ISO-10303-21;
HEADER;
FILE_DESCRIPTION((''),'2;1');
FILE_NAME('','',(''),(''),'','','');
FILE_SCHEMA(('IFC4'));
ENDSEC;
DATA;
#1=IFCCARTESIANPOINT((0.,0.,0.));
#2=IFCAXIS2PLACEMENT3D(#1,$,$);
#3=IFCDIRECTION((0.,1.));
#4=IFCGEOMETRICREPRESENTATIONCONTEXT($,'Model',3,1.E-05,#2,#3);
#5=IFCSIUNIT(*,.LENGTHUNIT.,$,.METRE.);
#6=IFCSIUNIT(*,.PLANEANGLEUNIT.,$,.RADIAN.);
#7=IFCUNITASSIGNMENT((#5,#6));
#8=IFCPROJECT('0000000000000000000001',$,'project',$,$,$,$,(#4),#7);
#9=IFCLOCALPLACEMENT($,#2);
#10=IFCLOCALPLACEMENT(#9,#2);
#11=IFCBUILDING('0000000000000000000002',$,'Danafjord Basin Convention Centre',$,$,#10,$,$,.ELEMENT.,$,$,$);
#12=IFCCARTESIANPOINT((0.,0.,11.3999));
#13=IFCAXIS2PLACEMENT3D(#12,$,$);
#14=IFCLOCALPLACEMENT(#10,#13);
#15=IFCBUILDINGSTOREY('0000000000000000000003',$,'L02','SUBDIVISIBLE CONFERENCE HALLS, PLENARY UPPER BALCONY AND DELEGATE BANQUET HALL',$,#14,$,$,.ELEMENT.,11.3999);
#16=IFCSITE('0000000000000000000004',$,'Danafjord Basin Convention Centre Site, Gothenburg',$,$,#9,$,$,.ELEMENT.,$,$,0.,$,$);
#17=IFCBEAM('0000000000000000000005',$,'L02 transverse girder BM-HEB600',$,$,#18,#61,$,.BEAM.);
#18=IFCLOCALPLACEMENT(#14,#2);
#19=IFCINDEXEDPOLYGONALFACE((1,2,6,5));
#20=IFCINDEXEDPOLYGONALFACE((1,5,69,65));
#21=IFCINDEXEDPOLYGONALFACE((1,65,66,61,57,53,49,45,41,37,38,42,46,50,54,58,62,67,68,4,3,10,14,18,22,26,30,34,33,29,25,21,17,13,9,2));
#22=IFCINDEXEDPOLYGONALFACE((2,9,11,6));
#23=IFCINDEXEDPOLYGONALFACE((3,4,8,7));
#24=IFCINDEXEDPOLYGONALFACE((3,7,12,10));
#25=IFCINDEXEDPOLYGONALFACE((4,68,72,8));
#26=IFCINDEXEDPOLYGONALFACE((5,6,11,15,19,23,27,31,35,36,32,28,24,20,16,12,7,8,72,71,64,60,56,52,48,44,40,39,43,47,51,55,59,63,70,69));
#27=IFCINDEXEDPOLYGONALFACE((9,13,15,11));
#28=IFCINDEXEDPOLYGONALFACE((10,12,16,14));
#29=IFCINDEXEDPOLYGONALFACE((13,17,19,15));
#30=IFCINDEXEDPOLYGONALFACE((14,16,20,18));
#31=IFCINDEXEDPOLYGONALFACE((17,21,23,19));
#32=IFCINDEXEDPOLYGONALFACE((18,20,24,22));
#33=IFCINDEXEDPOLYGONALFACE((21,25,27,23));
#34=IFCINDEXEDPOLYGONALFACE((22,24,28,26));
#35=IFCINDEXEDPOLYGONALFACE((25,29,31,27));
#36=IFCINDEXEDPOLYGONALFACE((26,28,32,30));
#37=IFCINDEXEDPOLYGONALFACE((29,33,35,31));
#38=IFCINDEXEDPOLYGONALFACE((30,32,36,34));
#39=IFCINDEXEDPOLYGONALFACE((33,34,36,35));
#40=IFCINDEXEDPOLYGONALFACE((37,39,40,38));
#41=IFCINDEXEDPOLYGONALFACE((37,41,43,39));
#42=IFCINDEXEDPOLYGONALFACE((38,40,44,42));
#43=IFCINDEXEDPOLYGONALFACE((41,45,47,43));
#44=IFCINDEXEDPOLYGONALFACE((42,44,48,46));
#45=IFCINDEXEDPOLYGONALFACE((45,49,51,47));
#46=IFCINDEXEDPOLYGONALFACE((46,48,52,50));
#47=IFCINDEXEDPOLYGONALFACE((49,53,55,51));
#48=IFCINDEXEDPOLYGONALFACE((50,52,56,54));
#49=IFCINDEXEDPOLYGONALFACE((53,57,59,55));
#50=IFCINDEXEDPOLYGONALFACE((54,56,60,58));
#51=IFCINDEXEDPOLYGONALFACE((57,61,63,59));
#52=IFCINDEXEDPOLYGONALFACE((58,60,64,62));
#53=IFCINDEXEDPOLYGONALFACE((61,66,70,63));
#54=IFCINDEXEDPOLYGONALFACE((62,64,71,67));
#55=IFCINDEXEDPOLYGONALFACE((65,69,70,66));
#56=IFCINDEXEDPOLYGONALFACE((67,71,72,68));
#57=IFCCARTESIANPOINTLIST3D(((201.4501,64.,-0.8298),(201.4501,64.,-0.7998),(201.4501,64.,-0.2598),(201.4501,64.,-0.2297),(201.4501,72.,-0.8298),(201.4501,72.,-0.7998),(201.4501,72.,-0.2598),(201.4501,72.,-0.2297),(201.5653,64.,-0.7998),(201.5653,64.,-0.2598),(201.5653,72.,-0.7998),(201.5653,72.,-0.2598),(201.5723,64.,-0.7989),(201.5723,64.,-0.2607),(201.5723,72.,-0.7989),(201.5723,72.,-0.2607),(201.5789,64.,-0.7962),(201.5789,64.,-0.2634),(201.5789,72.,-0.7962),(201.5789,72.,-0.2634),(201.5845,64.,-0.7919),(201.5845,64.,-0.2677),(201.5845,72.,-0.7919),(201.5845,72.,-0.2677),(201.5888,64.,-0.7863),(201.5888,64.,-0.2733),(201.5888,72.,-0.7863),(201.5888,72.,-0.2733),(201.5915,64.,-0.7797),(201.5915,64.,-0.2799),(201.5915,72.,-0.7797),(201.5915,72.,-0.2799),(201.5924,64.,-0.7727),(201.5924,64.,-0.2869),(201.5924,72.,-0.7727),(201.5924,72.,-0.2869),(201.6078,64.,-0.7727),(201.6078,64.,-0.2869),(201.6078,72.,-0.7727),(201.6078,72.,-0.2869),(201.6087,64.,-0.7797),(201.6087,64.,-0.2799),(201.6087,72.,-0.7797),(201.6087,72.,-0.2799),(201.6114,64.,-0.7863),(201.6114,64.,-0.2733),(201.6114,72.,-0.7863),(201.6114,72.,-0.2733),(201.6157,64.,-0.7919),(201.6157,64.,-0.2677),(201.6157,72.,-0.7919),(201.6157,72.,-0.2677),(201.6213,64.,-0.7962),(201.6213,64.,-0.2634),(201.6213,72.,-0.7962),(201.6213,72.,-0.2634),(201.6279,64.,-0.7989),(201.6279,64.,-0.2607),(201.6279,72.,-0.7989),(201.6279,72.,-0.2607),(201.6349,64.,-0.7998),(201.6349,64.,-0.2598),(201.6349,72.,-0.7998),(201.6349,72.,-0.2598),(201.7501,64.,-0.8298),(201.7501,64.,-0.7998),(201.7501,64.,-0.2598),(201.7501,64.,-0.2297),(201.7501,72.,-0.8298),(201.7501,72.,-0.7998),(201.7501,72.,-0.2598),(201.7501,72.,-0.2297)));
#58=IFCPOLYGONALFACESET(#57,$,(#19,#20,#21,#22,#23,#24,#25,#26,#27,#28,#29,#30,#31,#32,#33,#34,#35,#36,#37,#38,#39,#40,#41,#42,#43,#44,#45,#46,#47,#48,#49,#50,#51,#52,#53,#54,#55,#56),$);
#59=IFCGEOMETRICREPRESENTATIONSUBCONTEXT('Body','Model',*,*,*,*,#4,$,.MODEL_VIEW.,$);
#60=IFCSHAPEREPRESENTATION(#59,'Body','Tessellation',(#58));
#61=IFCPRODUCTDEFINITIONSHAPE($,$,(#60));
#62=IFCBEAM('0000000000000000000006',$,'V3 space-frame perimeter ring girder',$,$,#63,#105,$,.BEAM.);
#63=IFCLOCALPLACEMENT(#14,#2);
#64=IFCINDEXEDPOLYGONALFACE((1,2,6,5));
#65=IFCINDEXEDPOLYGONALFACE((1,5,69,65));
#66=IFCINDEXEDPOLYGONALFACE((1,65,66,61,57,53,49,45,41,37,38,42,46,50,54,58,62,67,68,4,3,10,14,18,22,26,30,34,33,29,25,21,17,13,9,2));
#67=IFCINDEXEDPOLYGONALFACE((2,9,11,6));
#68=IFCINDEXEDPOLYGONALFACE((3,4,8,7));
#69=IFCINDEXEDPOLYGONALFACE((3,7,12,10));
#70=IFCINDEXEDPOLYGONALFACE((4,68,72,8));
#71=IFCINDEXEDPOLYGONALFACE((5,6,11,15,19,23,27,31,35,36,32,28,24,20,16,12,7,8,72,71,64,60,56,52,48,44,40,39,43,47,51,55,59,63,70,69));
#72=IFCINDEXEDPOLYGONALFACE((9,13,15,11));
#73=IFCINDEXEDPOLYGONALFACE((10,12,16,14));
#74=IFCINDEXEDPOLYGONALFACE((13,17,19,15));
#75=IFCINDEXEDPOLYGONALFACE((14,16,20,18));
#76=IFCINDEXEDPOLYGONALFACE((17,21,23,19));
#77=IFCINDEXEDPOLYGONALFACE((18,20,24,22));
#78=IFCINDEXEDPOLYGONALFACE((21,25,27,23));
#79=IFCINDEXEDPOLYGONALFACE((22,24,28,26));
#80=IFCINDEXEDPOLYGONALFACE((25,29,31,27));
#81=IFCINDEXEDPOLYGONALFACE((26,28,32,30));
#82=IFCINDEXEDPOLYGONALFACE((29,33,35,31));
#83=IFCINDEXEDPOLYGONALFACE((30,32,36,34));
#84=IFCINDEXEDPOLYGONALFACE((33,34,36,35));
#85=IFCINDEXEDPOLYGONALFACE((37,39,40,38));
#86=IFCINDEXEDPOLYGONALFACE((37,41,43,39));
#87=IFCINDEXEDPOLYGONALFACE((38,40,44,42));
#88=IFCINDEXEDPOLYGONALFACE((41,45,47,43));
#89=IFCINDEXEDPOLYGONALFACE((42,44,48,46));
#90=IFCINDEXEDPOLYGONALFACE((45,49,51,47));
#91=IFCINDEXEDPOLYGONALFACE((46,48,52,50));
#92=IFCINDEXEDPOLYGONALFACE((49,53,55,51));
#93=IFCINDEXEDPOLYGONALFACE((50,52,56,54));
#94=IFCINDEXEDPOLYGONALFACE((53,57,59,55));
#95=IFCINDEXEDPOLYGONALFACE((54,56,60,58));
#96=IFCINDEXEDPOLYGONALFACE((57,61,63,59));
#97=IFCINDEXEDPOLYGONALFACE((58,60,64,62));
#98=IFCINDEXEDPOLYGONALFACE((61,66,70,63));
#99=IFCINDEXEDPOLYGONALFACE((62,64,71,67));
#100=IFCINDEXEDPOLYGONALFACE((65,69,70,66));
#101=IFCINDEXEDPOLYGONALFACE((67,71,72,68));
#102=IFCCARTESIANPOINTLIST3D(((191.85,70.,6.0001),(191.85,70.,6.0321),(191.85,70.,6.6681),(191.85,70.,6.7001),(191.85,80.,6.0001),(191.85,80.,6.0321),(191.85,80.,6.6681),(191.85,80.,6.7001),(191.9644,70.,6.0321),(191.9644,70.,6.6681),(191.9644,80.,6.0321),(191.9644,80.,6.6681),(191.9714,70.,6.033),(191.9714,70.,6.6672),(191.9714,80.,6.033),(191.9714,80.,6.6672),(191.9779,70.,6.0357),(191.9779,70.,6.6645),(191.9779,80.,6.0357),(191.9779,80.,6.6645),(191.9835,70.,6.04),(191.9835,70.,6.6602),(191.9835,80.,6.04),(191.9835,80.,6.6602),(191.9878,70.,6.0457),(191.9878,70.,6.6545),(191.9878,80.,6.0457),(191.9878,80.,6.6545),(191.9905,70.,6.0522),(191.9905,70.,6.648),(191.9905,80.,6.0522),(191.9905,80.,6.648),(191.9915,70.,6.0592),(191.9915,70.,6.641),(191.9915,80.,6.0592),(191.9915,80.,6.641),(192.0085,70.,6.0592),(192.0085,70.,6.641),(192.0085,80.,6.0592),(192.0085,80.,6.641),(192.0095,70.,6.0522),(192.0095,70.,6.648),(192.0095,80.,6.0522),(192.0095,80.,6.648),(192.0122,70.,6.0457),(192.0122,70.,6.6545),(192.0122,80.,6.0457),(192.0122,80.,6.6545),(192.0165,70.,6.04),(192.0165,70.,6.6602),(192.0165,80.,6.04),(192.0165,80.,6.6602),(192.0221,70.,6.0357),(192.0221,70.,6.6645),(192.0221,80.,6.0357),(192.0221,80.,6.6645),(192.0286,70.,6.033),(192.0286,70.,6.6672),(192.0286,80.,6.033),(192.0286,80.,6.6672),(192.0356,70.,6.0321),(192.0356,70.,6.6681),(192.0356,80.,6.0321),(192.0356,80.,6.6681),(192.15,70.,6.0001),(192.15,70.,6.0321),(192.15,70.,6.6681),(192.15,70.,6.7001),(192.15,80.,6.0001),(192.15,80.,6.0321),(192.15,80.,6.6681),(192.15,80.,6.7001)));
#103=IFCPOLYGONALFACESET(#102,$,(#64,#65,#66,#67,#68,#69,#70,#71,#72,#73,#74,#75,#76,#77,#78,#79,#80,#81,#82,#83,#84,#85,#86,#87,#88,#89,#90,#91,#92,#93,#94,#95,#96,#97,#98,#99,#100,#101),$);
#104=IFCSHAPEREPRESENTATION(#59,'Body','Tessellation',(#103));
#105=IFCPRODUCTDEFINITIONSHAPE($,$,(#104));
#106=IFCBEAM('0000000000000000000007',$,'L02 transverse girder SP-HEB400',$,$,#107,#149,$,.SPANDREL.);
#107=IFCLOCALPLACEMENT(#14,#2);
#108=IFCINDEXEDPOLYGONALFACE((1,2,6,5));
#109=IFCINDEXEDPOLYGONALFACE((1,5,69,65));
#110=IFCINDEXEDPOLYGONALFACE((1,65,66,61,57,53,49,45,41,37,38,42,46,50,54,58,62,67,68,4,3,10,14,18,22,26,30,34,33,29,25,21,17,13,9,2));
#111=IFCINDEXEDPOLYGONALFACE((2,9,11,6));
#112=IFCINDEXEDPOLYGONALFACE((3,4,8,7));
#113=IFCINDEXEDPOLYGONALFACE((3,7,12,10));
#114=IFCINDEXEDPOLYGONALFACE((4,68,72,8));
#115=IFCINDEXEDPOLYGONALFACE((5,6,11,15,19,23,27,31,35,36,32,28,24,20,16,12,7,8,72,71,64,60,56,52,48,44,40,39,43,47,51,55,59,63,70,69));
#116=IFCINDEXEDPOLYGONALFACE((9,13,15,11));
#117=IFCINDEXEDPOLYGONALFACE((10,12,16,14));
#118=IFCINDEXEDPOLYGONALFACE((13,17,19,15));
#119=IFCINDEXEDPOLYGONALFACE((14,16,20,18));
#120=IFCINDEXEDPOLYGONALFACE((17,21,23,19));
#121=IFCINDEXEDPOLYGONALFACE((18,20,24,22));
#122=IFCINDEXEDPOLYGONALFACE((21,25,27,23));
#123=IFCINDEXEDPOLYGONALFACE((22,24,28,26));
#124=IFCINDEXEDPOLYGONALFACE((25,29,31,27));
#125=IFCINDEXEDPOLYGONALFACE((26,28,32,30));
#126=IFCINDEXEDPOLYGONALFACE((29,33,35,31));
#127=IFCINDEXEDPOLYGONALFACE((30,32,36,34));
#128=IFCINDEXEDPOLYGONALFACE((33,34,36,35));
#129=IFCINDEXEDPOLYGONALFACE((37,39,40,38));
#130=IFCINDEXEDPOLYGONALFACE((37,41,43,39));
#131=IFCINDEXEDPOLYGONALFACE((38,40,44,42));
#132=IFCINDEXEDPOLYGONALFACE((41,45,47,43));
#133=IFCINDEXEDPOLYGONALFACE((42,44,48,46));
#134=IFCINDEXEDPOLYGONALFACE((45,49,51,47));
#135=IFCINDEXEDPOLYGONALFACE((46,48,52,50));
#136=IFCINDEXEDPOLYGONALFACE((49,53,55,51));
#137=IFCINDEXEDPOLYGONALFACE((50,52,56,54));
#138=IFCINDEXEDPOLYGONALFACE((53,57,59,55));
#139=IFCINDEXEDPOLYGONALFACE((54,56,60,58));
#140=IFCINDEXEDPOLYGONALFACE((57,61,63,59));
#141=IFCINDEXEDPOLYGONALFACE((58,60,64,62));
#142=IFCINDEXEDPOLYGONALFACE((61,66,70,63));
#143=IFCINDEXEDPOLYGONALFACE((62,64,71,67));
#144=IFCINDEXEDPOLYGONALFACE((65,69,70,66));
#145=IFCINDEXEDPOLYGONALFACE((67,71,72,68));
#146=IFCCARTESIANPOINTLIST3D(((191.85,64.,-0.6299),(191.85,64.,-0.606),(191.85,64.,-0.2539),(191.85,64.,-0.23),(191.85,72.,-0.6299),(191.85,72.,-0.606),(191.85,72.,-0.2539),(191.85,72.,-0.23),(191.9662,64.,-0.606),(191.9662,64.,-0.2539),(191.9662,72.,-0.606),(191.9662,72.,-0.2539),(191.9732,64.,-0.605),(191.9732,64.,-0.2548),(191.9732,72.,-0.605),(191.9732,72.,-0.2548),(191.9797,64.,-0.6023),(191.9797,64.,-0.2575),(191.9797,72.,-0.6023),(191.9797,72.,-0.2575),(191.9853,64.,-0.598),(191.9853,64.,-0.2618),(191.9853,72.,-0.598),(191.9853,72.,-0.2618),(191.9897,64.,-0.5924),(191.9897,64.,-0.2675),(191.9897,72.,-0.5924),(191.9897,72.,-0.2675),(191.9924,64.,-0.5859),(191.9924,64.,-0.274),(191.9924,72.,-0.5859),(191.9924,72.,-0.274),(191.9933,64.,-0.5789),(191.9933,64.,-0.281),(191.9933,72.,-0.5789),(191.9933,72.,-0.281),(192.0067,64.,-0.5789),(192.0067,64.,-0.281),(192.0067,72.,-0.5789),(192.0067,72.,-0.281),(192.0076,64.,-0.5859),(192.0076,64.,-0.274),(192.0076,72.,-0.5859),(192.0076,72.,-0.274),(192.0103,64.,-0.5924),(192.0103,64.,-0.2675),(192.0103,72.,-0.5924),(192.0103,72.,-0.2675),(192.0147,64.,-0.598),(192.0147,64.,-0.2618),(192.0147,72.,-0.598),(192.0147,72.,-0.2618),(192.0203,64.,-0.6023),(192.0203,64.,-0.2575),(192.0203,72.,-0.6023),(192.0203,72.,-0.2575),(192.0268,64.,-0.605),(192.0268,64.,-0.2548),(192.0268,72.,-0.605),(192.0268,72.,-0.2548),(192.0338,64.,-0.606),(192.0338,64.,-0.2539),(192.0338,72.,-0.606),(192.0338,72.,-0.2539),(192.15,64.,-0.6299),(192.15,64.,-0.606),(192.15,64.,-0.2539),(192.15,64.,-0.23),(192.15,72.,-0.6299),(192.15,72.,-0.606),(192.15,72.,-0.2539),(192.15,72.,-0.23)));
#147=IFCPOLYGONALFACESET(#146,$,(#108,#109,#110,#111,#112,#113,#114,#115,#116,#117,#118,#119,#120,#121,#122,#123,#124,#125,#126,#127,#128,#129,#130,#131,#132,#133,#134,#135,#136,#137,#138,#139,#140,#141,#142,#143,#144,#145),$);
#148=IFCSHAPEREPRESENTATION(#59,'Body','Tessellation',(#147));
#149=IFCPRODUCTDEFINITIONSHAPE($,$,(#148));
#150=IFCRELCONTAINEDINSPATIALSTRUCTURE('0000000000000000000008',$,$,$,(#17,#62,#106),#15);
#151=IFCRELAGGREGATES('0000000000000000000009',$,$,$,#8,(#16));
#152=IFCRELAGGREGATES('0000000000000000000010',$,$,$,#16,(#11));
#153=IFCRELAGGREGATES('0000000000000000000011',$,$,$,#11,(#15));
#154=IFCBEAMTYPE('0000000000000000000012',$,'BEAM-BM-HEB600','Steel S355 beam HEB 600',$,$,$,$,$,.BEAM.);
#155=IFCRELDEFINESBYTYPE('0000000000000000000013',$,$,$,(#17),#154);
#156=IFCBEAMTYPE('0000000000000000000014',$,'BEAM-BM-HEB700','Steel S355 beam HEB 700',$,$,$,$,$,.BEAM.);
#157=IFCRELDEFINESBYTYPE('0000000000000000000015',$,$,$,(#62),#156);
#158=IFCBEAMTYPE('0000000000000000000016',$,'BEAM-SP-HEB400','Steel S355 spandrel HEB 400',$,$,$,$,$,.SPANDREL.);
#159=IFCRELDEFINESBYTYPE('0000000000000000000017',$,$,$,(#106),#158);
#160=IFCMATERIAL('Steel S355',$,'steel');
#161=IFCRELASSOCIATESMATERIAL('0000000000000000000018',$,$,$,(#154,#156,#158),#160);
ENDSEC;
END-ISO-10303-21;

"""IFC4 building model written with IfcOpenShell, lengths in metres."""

from ifc_helpers import new_model, si_unit, direction, frame, origin, origin_2d, place, context, subcontext, project, spatial, i_section, extrude, material, material_profile, profile_set, type_object, element, save


model = new_model("IFC4")

# Units and contexts
model_context = context("Model", 3, precision=1e-05, world=origin(), true_north=direction((0.0, 1.0)))
body_context = subcontext(model_context, "Body", "Model", "MODEL_VIEW")
ifc_project = project(units=[si_unit("LENGTHUNIT", "METRE"), si_unit("PLANEANGLEUNIT", "RADIAN")], contexts=[model_context])

# Site, building, storey
site_placement = place(None, origin())
site = spatial("IfcSite", under=ifc_project, at=site_placement, Name="Danafjord Basin Convention Centre Site, Gothenburg", CompositionType="ELEMENT", RefElevation=0.0)
building_placement = place(site_placement, origin())
building = spatial("IfcBuilding", under=site, at=building_placement, Name="Danafjord Basin Convention Centre", CompositionType="ELEMENT")
storey_placement = place(building_placement, frame((0.0, 0.0, 11.3999)))
storey = spatial("IfcBuildingStorey", under=building, at=storey_placement, Name="L02", Description="SUBDIVISIBLE CONFERENCE HALLS, PLENARY UPPER BALCONY AND DELEGATE BANQUET HALL", CompositionType="ELEMENT", Elevation=11.3999)

# Shared definitions
ifc_material = material(Name="Steel S355", Category="steel")

# Beams
ifc_material_profile_1 = material_profile(ifc_material, i_section(OverallWidth=0.3, OverallDepth=0.6001, WebThickness=0.0154, FlangeThickness=0.03, FilletRadius=0.0271, at=origin_2d()), Name="HEB 600")
ifc_profile_set_1 = profile_set([ifc_material_profile_1], Name="Steel S355")
beam_type_1 = type_object("IfcBeamType", Name="BEAM-BM-HEB600", Description="Steel S355 beam HEB 600", PredefinedType="BEAM", material=ifc_profile_set_1)
beam_1_placement = place(storey_placement, frame((201.6001, 64.0, -0.5298), z_axis=(0.0, 1.0, 0.0), x_axis=(-1.0, 0.0, 0.0)))
element("IfcBeam", 1, at=beam_1_placement, inside=storey, type_object=beam_type_1, Name="L02 transverse girder BM-HEB600", PredefinedType="BEAM", context=body_context, shape_type="SweptSolid", body=[
    extrude(i_section(OverallWidth=0.3, OverallDepth=0.6001, WebThickness=0.0154, FlangeThickness=0.03, FilletRadius=0.0271, at=origin_2d()), origin(), (0.0, 0.0, 1.0), 8.0),
])
ifc_material_profile_2 = material_profile(ifc_material, i_section(OverallWidth=0.3, OverallDepth=0.7, WebThickness=0.0171, FlangeThickness=0.032, FilletRadius=0.0271, at=origin_2d()), Name="HEB 700")
ifc_profile_set_2 = profile_set([ifc_material_profile_2], Name="Steel S355")
beam_type_2 = type_object("IfcBeamType", Name="BEAM-BM-HEB700", Description="Steel S355 beam HEB 700", PredefinedType="BEAM", material=ifc_profile_set_2)
beam_2_placement = place(storey_placement, frame((192.0, 70.0, 6.3501), z_axis=(0.0, 1.0, 0.0), x_axis=(-1.0, 0.0, 0.0)))
element("IfcBeam", 2, at=beam_2_placement, inside=storey, type_object=beam_type_2, Name="V3 space-frame perimeter ring girder", PredefinedType="BEAM", context=body_context, shape_type="SweptSolid", body=[
    extrude(i_section(OverallWidth=0.3, OverallDepth=0.7, WebThickness=0.0171, FlangeThickness=0.032, FilletRadius=0.0271, at=origin_2d()), origin(), (0.0, 0.0, 1.0), 10.0),
])
ifc_material_profile_3 = material_profile(ifc_material, i_section(OverallWidth=0.3, OverallDepth=0.3999, WebThickness=0.0134, FlangeThickness=0.0239, FilletRadius=0.0271, at=origin_2d()), Name="HEB 400")
ifc_profile_set_3 = profile_set([ifc_material_profile_3], Name="Steel S355")
beam_type_3 = type_object("IfcBeamType", Name="BEAM-SP-HEB400", Description="Steel S355 spandrel HEB 400", PredefinedType="SPANDREL", material=ifc_profile_set_3)
beam_3_placement = place(storey_placement, frame((192.0, 64.0, -0.4299), z_axis=(0.0, 1.0, 0.0), x_axis=(-1.0, 0.0, 0.0)))
element("IfcBeam", 3, at=beam_3_placement, inside=storey, type_object=beam_type_3, Name="L02 transverse girder SP-HEB400", PredefinedType="SPANDREL", context=body_context, shape_type="SweptSolid", body=[
    extrude(i_section(OverallWidth=0.3, OverallDepth=0.3999, WebThickness=0.0134, FlangeThickness=0.0239, FilletRadius=0.0271, at=origin_2d()), origin(), (0.0, 0.0, 1.0), 8.0),
])

save(model, "model.ifc")
